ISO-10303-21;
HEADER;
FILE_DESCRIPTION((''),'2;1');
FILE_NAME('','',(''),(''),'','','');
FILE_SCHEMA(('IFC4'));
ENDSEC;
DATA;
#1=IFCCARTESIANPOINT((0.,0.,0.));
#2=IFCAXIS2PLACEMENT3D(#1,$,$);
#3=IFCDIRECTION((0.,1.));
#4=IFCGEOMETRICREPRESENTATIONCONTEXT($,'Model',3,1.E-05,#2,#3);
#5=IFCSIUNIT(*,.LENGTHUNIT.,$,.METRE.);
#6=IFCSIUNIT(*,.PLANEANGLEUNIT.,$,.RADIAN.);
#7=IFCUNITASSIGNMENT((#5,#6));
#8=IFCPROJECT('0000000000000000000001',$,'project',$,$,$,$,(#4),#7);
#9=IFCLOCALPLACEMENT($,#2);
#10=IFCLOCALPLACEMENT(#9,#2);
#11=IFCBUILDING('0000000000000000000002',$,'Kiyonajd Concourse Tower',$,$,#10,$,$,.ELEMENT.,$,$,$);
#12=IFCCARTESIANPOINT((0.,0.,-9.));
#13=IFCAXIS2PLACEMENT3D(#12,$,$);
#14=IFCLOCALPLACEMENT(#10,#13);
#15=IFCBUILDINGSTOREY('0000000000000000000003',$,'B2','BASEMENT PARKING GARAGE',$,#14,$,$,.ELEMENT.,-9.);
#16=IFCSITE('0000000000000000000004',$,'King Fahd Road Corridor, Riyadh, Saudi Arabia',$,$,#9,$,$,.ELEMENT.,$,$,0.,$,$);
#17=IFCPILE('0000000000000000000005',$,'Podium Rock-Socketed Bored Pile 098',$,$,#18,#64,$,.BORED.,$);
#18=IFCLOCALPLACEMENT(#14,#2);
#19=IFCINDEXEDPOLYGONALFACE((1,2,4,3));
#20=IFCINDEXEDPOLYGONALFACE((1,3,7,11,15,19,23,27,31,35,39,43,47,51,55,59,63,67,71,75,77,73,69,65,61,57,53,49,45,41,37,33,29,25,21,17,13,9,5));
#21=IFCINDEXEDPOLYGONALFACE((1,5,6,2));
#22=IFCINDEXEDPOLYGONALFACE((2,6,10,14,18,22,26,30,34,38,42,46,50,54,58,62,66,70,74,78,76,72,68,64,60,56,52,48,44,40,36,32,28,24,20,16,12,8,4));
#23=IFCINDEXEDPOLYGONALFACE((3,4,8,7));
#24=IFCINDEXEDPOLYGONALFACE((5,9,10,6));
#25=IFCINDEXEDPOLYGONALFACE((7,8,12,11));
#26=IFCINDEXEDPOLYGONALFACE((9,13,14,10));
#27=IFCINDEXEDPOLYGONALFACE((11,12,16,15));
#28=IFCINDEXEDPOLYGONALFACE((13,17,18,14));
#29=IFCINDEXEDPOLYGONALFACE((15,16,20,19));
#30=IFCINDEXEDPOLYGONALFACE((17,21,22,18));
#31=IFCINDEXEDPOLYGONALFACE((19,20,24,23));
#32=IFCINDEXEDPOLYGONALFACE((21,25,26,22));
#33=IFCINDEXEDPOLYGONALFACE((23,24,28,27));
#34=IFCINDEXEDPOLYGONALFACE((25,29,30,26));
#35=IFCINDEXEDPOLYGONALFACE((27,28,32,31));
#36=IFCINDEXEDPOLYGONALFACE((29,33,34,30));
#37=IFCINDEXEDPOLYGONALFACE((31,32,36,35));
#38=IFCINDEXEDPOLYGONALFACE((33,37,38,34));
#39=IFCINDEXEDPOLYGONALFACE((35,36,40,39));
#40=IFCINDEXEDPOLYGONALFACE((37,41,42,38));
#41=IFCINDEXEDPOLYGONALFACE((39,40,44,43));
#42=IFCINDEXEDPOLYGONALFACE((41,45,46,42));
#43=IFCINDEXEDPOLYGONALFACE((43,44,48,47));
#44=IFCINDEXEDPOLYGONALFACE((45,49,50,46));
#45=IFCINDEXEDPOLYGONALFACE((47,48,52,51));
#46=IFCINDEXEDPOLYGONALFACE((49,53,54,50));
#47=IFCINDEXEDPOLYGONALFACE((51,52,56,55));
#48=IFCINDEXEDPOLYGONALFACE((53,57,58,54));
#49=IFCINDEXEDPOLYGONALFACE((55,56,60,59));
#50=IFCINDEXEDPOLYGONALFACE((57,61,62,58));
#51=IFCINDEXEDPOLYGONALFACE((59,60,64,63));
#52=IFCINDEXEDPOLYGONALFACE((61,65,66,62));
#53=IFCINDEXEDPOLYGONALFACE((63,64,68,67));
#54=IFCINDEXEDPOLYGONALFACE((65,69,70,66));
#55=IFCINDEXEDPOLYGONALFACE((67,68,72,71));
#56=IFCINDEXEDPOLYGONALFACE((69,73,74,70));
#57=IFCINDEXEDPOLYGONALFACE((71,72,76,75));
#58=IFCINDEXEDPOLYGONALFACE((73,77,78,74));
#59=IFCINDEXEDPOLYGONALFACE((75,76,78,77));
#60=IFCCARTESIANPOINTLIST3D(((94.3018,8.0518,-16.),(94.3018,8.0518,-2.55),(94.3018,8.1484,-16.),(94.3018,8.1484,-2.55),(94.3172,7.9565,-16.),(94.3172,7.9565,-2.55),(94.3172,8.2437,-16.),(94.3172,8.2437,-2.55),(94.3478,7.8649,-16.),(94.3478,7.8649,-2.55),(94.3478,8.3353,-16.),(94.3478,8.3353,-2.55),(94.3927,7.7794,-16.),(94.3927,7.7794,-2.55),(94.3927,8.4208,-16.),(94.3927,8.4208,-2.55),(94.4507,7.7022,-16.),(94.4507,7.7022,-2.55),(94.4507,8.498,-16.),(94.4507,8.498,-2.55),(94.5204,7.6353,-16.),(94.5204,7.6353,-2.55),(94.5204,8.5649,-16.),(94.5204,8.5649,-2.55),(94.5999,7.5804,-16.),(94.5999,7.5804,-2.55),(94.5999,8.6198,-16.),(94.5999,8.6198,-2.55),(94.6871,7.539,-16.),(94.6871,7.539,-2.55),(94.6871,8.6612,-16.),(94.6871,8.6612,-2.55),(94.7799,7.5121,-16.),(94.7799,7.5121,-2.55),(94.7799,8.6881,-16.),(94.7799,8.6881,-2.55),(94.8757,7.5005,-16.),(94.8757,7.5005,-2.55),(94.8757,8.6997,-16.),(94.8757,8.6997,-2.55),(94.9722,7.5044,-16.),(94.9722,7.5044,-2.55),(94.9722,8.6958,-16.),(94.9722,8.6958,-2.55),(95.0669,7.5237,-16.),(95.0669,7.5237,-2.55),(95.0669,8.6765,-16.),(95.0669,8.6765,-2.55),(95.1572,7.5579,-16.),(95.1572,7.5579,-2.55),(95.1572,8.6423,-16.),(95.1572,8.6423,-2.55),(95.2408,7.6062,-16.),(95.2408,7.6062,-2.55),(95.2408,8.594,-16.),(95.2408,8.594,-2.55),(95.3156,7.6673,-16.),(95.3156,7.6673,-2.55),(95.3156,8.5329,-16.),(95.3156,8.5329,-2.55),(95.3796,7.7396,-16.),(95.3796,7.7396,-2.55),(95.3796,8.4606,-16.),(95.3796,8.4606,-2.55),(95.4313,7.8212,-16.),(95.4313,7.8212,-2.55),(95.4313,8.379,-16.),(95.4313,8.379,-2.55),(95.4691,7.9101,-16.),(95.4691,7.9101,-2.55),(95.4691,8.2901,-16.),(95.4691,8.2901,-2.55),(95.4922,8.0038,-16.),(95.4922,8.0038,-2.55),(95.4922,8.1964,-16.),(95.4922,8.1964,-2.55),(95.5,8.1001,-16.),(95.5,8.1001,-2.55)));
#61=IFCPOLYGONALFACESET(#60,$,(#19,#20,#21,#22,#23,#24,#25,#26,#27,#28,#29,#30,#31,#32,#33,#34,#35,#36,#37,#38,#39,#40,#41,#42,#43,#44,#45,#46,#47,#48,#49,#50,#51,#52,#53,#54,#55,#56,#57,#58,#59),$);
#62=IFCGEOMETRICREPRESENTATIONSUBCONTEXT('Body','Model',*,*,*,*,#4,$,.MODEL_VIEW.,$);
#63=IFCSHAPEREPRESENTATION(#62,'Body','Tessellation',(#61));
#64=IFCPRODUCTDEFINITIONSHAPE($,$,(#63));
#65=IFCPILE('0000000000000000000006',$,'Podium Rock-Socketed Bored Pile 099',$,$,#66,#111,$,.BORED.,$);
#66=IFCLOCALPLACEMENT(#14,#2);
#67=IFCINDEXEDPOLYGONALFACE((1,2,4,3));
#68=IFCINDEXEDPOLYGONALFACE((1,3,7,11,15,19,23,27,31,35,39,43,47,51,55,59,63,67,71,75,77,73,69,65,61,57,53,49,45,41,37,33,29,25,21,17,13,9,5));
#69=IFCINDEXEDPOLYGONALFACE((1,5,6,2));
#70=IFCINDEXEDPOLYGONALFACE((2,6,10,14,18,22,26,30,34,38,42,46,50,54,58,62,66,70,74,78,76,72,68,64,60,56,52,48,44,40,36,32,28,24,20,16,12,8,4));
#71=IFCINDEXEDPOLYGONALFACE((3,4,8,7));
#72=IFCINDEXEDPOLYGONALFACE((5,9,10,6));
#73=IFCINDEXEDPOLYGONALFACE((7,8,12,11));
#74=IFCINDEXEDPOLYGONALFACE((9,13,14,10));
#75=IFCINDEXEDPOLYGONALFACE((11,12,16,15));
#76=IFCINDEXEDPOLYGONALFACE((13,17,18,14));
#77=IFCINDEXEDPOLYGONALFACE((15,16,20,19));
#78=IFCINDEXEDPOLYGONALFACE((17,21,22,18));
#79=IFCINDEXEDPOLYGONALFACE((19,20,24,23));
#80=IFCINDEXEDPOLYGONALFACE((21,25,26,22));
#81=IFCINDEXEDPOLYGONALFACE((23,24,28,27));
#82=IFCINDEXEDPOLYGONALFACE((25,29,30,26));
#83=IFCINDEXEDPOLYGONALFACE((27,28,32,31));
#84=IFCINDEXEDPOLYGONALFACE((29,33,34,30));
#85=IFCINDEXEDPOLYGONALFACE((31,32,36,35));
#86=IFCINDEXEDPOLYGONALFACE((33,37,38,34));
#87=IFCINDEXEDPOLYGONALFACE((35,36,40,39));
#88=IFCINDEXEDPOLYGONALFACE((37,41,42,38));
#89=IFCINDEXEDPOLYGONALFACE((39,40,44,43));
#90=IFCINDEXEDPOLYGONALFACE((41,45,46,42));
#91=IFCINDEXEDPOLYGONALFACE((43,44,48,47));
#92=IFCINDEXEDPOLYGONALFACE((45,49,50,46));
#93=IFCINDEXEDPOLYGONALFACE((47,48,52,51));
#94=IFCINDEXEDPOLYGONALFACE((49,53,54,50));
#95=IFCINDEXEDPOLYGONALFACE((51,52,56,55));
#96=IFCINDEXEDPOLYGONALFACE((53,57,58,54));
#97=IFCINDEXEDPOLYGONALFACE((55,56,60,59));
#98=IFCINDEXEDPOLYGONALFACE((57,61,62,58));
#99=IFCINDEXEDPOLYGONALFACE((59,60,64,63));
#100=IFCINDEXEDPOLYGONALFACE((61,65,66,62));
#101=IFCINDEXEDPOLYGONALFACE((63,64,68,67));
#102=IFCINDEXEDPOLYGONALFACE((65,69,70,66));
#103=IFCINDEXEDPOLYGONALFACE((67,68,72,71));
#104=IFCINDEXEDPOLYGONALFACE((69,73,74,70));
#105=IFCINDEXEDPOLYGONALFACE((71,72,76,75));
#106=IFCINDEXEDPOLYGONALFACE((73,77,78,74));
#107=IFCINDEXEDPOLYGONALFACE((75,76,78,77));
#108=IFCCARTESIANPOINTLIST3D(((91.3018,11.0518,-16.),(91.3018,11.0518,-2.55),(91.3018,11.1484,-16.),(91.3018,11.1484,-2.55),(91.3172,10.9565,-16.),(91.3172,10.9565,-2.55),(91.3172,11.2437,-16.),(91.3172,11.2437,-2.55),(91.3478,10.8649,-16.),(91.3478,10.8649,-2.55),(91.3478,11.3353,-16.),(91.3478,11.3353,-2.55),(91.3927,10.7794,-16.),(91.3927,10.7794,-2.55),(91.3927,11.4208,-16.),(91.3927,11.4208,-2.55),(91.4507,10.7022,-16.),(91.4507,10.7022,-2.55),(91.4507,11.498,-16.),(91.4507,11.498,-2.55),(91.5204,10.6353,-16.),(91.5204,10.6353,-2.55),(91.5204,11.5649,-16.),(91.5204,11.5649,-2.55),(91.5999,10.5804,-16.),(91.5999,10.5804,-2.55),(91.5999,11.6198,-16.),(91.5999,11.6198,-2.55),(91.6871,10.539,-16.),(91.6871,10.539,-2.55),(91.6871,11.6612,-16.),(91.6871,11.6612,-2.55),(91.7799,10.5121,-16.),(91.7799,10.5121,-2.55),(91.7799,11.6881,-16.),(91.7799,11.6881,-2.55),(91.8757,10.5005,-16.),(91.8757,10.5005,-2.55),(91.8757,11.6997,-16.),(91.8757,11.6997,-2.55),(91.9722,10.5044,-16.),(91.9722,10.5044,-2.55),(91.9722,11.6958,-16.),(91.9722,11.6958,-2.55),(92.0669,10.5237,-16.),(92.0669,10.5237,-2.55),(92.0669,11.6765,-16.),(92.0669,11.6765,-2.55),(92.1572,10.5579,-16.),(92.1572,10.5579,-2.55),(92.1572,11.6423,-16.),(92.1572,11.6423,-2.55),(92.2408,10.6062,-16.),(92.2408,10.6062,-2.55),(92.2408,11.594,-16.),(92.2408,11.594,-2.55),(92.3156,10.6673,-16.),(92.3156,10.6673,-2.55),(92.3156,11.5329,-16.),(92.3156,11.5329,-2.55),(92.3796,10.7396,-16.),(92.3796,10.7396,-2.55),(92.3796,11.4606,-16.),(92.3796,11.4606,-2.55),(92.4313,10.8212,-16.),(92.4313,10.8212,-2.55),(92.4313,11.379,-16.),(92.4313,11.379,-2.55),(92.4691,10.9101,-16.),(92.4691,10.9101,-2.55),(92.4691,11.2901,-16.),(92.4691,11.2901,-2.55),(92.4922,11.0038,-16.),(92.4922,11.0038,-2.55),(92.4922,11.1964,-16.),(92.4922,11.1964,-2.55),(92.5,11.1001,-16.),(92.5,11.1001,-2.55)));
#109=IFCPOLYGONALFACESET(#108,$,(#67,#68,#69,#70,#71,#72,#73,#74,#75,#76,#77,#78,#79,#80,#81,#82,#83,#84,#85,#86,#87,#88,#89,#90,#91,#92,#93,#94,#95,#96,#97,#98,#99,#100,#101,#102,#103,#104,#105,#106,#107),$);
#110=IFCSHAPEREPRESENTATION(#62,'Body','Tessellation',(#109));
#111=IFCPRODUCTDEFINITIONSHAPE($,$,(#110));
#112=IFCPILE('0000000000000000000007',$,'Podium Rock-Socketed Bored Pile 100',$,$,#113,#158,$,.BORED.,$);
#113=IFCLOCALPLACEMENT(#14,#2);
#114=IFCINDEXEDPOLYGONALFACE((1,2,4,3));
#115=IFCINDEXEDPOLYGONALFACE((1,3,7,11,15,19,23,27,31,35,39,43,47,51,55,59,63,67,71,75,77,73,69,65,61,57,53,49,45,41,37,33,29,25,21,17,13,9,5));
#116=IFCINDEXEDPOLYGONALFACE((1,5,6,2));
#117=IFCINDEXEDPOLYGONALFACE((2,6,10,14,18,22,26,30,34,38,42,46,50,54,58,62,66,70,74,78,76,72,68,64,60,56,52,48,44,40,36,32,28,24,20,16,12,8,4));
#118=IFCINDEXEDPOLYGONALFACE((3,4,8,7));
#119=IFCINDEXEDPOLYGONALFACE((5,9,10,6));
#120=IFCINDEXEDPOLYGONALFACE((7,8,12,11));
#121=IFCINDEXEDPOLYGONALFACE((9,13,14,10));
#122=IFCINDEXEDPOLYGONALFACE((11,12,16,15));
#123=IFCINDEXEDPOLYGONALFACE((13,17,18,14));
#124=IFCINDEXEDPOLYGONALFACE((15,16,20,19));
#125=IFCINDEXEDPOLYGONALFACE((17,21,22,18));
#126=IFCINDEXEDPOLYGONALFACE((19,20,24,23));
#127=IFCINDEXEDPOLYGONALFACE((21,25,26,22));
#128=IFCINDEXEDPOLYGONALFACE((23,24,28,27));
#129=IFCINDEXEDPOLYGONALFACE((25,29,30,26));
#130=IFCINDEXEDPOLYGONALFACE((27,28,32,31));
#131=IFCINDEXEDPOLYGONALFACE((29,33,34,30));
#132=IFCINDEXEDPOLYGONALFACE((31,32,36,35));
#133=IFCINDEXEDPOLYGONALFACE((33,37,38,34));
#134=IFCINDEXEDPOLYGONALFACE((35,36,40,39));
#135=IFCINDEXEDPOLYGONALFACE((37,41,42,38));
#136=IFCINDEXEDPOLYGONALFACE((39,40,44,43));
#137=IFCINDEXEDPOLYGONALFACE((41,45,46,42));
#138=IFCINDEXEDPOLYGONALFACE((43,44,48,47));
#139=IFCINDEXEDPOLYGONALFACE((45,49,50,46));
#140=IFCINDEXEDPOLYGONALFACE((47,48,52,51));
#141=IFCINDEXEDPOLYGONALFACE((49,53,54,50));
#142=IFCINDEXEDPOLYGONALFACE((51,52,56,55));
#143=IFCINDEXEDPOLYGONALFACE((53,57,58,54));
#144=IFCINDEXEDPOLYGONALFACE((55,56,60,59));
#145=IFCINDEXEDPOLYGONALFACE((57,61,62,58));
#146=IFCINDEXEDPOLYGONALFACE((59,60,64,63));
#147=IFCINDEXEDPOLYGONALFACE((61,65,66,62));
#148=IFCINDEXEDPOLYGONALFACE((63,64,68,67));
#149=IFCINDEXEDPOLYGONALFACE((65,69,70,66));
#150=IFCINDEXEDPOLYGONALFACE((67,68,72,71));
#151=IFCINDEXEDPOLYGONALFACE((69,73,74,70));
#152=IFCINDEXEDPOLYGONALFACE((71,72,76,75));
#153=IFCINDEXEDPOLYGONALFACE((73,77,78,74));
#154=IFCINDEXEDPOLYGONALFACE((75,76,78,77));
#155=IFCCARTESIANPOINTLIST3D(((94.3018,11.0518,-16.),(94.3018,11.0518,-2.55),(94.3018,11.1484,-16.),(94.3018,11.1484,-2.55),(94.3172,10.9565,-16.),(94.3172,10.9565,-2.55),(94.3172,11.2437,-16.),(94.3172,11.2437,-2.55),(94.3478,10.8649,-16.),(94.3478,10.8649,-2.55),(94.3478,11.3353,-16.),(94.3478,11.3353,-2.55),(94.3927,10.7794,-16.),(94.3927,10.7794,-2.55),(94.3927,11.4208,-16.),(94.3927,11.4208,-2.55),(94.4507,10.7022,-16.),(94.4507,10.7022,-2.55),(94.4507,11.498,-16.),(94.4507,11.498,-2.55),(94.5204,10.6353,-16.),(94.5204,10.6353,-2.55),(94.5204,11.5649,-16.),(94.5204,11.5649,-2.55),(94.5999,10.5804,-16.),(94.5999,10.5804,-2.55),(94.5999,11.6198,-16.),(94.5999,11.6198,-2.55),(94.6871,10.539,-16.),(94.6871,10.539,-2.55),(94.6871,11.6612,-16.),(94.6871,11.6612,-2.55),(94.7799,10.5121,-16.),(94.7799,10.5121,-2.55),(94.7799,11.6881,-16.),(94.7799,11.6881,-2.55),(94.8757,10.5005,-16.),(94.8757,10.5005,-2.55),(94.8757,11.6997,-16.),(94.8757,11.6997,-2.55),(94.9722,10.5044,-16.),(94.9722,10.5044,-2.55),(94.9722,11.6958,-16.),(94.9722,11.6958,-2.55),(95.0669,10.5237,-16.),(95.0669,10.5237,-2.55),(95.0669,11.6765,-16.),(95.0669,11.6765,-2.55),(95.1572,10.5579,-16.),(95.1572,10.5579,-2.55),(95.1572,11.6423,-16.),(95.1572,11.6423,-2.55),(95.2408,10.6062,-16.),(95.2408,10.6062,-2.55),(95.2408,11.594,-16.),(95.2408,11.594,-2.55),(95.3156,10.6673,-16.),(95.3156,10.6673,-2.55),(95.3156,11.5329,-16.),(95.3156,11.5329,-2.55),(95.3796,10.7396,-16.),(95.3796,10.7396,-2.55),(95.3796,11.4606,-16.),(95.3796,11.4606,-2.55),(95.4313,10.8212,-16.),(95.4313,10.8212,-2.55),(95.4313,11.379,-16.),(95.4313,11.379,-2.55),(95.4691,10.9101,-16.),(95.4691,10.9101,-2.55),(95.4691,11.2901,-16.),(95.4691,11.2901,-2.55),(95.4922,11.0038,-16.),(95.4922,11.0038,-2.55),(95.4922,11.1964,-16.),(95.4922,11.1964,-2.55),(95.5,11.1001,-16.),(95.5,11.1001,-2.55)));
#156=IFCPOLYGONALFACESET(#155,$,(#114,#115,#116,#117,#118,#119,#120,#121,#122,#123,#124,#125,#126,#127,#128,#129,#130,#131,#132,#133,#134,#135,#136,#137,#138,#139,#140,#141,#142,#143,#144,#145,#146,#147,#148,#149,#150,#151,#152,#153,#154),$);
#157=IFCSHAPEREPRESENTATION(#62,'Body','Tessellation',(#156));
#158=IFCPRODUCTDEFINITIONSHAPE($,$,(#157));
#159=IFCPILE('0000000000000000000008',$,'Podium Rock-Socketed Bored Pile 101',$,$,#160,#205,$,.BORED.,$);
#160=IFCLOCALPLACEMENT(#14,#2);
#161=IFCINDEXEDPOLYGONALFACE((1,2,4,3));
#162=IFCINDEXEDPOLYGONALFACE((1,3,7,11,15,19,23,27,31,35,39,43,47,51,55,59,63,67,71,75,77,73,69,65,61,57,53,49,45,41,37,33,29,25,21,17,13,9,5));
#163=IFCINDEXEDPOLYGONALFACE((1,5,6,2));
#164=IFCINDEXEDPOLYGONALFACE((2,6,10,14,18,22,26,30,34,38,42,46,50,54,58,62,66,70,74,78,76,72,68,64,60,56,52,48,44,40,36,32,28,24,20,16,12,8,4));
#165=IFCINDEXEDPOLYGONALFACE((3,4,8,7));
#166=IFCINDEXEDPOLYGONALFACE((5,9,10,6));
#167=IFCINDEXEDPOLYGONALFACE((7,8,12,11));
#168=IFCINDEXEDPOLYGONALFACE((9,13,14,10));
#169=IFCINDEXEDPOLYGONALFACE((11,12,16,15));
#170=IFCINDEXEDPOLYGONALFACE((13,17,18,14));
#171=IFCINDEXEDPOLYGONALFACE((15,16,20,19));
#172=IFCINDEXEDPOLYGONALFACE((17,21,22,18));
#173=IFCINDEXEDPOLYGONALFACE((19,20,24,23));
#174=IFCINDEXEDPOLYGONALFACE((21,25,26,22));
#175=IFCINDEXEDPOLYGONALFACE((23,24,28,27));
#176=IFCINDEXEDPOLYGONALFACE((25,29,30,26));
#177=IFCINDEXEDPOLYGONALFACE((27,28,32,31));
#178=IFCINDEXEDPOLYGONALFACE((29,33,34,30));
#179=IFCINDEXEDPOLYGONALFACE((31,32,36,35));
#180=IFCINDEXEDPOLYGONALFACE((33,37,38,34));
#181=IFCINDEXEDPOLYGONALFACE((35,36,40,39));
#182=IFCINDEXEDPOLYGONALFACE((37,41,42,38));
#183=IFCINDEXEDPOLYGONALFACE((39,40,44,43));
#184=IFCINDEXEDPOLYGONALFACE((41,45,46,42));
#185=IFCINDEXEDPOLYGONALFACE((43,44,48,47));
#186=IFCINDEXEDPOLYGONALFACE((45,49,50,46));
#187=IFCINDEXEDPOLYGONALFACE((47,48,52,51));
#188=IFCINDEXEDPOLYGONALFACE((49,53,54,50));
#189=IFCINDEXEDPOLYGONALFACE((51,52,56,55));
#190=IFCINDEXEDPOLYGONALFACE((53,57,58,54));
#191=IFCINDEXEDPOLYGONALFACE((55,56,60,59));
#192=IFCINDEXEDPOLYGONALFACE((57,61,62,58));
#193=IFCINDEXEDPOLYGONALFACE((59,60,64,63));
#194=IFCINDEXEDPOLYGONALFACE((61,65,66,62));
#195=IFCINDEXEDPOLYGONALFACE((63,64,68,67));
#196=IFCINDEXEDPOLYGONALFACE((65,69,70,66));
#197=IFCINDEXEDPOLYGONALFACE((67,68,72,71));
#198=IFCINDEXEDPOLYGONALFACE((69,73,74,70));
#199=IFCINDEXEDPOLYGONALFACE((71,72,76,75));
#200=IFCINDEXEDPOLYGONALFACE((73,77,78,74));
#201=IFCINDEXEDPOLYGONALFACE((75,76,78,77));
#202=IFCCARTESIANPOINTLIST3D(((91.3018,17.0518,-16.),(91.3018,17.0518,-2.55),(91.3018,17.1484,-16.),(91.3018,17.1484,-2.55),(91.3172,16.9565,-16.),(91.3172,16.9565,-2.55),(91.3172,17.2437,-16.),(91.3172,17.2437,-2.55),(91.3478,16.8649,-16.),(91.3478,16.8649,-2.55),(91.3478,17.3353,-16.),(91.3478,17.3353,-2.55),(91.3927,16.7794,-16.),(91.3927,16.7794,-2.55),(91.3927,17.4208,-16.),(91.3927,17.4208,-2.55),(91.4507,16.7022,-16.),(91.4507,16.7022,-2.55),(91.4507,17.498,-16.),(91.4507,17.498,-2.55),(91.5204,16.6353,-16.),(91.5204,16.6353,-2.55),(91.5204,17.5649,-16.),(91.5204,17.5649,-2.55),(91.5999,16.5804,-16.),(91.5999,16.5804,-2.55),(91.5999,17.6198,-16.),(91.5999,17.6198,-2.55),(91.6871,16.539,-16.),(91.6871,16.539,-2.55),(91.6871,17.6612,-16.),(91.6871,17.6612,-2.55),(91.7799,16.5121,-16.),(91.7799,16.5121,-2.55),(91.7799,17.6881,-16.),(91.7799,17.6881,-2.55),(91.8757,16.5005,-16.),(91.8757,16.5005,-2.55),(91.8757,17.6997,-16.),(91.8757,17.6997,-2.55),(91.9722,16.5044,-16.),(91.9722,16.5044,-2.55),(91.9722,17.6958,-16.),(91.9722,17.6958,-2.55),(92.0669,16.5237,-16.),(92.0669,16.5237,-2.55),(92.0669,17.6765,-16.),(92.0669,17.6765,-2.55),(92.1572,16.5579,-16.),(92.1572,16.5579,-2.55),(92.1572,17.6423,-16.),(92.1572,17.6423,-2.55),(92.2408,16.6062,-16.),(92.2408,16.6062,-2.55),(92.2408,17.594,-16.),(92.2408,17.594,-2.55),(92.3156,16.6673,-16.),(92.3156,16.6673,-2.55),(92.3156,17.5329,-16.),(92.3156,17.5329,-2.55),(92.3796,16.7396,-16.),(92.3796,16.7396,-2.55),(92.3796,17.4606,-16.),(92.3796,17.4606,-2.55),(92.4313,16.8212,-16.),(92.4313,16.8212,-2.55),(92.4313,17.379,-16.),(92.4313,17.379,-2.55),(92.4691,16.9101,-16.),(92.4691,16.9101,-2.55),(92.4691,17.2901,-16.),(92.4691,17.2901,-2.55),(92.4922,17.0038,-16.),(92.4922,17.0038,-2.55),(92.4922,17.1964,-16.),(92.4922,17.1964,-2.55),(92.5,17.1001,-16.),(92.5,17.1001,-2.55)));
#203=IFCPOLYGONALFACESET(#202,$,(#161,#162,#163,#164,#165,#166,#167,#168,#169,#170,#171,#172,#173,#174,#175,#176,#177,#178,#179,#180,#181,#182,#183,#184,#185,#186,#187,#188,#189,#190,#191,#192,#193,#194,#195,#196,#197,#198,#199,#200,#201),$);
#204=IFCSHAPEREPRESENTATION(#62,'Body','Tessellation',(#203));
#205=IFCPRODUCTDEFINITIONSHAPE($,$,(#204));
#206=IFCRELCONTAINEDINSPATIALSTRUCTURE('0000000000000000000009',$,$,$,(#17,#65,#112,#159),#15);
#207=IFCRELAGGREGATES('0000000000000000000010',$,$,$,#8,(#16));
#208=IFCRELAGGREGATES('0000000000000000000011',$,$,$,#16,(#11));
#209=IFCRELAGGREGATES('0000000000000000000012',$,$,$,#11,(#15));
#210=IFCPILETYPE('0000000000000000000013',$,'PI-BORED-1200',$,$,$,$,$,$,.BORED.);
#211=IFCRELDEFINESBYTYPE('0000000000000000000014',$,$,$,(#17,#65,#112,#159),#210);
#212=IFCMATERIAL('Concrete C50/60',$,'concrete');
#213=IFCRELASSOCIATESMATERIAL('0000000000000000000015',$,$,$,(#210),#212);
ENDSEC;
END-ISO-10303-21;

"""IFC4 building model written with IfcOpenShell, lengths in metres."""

from ifc_helpers import new_model, si_unit, direction, frame, origin, origin_2d, place, context, subcontext, project, spatial, circle, extrude, material, material_profile, profile_set, type_object, element, save


model = new_model("IFC4")

# Units and contexts
model_context = context("Model", 3, precision=1e-05, world=origin(), true_north=direction((0.0, 1.0)))
body_context = subcontext(model_context, "Body", "Model", "MODEL_VIEW")
ifc_project = project(units=[si_unit("LENGTHUNIT", "METRE"), si_unit("PLANEANGLEUNIT", "RADIAN")], contexts=[model_context])

# Site, building, storey
site_placement = place(None, origin())
site = spatial("IfcSite", under=ifc_project, at=site_placement, Name="King Fahd Road Corridor, Riyadh, Saudi Arabia", CompositionType="ELEMENT", RefElevation=0.0)
building_placement = place(site_placement, origin())
building = spatial("IfcBuilding", under=site, at=building_placement, Name="Kiyonajd Concourse Tower", CompositionType="ELEMENT")
storey_placement = place(building_placement, frame((0.0, 0.0, -9.0)))
storey = spatial("IfcBuildingStorey", under=building, at=storey_placement, Name="B2", Description="BASEMENT PARKING GARAGE", CompositionType="ELEMENT", Elevation=-9.0)

# Shared definitions
ifc_material_1 = material(Name="Concrete C50/60", Category="concrete")

# Piles
ifc_material_profile_1 = material_profile(ifc_material_1, circle(Radius=0.6001, at=origin_2d()), Name="PILE-D1200")
ifc_profile_set_1 = profile_set([ifc_material_profile_1], Name="Concrete C50/60")
pile_type = type_object("IfcPileType", Name="PI-BORED-1200", PredefinedType="BORED", material=ifc_profile_set_1)
for number, where, z_axis, x_axis, name in (
    (1, (94.8999, 8.1001, -2.55), (0.0, 0.0, -1.0), (1.0, 0.0, 0.0), "Podium Rock-Socketed Bored Pile 098"),
    (2, (91.8999, 11.1001, -2.55), (0.0, 0.0, -1.0), (1.0, 0.0, 0.0), "Podium Rock-Socketed Bored Pile 099"),
    (3, (94.8999, 11.1001, -2.55), (0.0, 0.0, -1.0), (1.0, 0.0, 0.0), "Podium Rock-Socketed Bored Pile 100"),
    (4, (91.8999, 17.1001, -2.55), (0.0, 0.0, -1.0), (1.0, 0.0, 0.0), "Podium Rock-Socketed Bored Pile 101"),
):
    element("IfcPile", number, at=place(storey_placement, frame(where, z_axis=z_axis, x_axis=x_axis)), inside=storey, type_object=pile_type, Name=name, PredefinedType="BORED", context=body_context, shape_type="SweptSolid", body=[
        extrude(circle(Radius=0.6001, at=origin_2d()), origin(), (0.0, 0.0, 1.0), 13.45),
    ])

save(model, "model.ifc")
